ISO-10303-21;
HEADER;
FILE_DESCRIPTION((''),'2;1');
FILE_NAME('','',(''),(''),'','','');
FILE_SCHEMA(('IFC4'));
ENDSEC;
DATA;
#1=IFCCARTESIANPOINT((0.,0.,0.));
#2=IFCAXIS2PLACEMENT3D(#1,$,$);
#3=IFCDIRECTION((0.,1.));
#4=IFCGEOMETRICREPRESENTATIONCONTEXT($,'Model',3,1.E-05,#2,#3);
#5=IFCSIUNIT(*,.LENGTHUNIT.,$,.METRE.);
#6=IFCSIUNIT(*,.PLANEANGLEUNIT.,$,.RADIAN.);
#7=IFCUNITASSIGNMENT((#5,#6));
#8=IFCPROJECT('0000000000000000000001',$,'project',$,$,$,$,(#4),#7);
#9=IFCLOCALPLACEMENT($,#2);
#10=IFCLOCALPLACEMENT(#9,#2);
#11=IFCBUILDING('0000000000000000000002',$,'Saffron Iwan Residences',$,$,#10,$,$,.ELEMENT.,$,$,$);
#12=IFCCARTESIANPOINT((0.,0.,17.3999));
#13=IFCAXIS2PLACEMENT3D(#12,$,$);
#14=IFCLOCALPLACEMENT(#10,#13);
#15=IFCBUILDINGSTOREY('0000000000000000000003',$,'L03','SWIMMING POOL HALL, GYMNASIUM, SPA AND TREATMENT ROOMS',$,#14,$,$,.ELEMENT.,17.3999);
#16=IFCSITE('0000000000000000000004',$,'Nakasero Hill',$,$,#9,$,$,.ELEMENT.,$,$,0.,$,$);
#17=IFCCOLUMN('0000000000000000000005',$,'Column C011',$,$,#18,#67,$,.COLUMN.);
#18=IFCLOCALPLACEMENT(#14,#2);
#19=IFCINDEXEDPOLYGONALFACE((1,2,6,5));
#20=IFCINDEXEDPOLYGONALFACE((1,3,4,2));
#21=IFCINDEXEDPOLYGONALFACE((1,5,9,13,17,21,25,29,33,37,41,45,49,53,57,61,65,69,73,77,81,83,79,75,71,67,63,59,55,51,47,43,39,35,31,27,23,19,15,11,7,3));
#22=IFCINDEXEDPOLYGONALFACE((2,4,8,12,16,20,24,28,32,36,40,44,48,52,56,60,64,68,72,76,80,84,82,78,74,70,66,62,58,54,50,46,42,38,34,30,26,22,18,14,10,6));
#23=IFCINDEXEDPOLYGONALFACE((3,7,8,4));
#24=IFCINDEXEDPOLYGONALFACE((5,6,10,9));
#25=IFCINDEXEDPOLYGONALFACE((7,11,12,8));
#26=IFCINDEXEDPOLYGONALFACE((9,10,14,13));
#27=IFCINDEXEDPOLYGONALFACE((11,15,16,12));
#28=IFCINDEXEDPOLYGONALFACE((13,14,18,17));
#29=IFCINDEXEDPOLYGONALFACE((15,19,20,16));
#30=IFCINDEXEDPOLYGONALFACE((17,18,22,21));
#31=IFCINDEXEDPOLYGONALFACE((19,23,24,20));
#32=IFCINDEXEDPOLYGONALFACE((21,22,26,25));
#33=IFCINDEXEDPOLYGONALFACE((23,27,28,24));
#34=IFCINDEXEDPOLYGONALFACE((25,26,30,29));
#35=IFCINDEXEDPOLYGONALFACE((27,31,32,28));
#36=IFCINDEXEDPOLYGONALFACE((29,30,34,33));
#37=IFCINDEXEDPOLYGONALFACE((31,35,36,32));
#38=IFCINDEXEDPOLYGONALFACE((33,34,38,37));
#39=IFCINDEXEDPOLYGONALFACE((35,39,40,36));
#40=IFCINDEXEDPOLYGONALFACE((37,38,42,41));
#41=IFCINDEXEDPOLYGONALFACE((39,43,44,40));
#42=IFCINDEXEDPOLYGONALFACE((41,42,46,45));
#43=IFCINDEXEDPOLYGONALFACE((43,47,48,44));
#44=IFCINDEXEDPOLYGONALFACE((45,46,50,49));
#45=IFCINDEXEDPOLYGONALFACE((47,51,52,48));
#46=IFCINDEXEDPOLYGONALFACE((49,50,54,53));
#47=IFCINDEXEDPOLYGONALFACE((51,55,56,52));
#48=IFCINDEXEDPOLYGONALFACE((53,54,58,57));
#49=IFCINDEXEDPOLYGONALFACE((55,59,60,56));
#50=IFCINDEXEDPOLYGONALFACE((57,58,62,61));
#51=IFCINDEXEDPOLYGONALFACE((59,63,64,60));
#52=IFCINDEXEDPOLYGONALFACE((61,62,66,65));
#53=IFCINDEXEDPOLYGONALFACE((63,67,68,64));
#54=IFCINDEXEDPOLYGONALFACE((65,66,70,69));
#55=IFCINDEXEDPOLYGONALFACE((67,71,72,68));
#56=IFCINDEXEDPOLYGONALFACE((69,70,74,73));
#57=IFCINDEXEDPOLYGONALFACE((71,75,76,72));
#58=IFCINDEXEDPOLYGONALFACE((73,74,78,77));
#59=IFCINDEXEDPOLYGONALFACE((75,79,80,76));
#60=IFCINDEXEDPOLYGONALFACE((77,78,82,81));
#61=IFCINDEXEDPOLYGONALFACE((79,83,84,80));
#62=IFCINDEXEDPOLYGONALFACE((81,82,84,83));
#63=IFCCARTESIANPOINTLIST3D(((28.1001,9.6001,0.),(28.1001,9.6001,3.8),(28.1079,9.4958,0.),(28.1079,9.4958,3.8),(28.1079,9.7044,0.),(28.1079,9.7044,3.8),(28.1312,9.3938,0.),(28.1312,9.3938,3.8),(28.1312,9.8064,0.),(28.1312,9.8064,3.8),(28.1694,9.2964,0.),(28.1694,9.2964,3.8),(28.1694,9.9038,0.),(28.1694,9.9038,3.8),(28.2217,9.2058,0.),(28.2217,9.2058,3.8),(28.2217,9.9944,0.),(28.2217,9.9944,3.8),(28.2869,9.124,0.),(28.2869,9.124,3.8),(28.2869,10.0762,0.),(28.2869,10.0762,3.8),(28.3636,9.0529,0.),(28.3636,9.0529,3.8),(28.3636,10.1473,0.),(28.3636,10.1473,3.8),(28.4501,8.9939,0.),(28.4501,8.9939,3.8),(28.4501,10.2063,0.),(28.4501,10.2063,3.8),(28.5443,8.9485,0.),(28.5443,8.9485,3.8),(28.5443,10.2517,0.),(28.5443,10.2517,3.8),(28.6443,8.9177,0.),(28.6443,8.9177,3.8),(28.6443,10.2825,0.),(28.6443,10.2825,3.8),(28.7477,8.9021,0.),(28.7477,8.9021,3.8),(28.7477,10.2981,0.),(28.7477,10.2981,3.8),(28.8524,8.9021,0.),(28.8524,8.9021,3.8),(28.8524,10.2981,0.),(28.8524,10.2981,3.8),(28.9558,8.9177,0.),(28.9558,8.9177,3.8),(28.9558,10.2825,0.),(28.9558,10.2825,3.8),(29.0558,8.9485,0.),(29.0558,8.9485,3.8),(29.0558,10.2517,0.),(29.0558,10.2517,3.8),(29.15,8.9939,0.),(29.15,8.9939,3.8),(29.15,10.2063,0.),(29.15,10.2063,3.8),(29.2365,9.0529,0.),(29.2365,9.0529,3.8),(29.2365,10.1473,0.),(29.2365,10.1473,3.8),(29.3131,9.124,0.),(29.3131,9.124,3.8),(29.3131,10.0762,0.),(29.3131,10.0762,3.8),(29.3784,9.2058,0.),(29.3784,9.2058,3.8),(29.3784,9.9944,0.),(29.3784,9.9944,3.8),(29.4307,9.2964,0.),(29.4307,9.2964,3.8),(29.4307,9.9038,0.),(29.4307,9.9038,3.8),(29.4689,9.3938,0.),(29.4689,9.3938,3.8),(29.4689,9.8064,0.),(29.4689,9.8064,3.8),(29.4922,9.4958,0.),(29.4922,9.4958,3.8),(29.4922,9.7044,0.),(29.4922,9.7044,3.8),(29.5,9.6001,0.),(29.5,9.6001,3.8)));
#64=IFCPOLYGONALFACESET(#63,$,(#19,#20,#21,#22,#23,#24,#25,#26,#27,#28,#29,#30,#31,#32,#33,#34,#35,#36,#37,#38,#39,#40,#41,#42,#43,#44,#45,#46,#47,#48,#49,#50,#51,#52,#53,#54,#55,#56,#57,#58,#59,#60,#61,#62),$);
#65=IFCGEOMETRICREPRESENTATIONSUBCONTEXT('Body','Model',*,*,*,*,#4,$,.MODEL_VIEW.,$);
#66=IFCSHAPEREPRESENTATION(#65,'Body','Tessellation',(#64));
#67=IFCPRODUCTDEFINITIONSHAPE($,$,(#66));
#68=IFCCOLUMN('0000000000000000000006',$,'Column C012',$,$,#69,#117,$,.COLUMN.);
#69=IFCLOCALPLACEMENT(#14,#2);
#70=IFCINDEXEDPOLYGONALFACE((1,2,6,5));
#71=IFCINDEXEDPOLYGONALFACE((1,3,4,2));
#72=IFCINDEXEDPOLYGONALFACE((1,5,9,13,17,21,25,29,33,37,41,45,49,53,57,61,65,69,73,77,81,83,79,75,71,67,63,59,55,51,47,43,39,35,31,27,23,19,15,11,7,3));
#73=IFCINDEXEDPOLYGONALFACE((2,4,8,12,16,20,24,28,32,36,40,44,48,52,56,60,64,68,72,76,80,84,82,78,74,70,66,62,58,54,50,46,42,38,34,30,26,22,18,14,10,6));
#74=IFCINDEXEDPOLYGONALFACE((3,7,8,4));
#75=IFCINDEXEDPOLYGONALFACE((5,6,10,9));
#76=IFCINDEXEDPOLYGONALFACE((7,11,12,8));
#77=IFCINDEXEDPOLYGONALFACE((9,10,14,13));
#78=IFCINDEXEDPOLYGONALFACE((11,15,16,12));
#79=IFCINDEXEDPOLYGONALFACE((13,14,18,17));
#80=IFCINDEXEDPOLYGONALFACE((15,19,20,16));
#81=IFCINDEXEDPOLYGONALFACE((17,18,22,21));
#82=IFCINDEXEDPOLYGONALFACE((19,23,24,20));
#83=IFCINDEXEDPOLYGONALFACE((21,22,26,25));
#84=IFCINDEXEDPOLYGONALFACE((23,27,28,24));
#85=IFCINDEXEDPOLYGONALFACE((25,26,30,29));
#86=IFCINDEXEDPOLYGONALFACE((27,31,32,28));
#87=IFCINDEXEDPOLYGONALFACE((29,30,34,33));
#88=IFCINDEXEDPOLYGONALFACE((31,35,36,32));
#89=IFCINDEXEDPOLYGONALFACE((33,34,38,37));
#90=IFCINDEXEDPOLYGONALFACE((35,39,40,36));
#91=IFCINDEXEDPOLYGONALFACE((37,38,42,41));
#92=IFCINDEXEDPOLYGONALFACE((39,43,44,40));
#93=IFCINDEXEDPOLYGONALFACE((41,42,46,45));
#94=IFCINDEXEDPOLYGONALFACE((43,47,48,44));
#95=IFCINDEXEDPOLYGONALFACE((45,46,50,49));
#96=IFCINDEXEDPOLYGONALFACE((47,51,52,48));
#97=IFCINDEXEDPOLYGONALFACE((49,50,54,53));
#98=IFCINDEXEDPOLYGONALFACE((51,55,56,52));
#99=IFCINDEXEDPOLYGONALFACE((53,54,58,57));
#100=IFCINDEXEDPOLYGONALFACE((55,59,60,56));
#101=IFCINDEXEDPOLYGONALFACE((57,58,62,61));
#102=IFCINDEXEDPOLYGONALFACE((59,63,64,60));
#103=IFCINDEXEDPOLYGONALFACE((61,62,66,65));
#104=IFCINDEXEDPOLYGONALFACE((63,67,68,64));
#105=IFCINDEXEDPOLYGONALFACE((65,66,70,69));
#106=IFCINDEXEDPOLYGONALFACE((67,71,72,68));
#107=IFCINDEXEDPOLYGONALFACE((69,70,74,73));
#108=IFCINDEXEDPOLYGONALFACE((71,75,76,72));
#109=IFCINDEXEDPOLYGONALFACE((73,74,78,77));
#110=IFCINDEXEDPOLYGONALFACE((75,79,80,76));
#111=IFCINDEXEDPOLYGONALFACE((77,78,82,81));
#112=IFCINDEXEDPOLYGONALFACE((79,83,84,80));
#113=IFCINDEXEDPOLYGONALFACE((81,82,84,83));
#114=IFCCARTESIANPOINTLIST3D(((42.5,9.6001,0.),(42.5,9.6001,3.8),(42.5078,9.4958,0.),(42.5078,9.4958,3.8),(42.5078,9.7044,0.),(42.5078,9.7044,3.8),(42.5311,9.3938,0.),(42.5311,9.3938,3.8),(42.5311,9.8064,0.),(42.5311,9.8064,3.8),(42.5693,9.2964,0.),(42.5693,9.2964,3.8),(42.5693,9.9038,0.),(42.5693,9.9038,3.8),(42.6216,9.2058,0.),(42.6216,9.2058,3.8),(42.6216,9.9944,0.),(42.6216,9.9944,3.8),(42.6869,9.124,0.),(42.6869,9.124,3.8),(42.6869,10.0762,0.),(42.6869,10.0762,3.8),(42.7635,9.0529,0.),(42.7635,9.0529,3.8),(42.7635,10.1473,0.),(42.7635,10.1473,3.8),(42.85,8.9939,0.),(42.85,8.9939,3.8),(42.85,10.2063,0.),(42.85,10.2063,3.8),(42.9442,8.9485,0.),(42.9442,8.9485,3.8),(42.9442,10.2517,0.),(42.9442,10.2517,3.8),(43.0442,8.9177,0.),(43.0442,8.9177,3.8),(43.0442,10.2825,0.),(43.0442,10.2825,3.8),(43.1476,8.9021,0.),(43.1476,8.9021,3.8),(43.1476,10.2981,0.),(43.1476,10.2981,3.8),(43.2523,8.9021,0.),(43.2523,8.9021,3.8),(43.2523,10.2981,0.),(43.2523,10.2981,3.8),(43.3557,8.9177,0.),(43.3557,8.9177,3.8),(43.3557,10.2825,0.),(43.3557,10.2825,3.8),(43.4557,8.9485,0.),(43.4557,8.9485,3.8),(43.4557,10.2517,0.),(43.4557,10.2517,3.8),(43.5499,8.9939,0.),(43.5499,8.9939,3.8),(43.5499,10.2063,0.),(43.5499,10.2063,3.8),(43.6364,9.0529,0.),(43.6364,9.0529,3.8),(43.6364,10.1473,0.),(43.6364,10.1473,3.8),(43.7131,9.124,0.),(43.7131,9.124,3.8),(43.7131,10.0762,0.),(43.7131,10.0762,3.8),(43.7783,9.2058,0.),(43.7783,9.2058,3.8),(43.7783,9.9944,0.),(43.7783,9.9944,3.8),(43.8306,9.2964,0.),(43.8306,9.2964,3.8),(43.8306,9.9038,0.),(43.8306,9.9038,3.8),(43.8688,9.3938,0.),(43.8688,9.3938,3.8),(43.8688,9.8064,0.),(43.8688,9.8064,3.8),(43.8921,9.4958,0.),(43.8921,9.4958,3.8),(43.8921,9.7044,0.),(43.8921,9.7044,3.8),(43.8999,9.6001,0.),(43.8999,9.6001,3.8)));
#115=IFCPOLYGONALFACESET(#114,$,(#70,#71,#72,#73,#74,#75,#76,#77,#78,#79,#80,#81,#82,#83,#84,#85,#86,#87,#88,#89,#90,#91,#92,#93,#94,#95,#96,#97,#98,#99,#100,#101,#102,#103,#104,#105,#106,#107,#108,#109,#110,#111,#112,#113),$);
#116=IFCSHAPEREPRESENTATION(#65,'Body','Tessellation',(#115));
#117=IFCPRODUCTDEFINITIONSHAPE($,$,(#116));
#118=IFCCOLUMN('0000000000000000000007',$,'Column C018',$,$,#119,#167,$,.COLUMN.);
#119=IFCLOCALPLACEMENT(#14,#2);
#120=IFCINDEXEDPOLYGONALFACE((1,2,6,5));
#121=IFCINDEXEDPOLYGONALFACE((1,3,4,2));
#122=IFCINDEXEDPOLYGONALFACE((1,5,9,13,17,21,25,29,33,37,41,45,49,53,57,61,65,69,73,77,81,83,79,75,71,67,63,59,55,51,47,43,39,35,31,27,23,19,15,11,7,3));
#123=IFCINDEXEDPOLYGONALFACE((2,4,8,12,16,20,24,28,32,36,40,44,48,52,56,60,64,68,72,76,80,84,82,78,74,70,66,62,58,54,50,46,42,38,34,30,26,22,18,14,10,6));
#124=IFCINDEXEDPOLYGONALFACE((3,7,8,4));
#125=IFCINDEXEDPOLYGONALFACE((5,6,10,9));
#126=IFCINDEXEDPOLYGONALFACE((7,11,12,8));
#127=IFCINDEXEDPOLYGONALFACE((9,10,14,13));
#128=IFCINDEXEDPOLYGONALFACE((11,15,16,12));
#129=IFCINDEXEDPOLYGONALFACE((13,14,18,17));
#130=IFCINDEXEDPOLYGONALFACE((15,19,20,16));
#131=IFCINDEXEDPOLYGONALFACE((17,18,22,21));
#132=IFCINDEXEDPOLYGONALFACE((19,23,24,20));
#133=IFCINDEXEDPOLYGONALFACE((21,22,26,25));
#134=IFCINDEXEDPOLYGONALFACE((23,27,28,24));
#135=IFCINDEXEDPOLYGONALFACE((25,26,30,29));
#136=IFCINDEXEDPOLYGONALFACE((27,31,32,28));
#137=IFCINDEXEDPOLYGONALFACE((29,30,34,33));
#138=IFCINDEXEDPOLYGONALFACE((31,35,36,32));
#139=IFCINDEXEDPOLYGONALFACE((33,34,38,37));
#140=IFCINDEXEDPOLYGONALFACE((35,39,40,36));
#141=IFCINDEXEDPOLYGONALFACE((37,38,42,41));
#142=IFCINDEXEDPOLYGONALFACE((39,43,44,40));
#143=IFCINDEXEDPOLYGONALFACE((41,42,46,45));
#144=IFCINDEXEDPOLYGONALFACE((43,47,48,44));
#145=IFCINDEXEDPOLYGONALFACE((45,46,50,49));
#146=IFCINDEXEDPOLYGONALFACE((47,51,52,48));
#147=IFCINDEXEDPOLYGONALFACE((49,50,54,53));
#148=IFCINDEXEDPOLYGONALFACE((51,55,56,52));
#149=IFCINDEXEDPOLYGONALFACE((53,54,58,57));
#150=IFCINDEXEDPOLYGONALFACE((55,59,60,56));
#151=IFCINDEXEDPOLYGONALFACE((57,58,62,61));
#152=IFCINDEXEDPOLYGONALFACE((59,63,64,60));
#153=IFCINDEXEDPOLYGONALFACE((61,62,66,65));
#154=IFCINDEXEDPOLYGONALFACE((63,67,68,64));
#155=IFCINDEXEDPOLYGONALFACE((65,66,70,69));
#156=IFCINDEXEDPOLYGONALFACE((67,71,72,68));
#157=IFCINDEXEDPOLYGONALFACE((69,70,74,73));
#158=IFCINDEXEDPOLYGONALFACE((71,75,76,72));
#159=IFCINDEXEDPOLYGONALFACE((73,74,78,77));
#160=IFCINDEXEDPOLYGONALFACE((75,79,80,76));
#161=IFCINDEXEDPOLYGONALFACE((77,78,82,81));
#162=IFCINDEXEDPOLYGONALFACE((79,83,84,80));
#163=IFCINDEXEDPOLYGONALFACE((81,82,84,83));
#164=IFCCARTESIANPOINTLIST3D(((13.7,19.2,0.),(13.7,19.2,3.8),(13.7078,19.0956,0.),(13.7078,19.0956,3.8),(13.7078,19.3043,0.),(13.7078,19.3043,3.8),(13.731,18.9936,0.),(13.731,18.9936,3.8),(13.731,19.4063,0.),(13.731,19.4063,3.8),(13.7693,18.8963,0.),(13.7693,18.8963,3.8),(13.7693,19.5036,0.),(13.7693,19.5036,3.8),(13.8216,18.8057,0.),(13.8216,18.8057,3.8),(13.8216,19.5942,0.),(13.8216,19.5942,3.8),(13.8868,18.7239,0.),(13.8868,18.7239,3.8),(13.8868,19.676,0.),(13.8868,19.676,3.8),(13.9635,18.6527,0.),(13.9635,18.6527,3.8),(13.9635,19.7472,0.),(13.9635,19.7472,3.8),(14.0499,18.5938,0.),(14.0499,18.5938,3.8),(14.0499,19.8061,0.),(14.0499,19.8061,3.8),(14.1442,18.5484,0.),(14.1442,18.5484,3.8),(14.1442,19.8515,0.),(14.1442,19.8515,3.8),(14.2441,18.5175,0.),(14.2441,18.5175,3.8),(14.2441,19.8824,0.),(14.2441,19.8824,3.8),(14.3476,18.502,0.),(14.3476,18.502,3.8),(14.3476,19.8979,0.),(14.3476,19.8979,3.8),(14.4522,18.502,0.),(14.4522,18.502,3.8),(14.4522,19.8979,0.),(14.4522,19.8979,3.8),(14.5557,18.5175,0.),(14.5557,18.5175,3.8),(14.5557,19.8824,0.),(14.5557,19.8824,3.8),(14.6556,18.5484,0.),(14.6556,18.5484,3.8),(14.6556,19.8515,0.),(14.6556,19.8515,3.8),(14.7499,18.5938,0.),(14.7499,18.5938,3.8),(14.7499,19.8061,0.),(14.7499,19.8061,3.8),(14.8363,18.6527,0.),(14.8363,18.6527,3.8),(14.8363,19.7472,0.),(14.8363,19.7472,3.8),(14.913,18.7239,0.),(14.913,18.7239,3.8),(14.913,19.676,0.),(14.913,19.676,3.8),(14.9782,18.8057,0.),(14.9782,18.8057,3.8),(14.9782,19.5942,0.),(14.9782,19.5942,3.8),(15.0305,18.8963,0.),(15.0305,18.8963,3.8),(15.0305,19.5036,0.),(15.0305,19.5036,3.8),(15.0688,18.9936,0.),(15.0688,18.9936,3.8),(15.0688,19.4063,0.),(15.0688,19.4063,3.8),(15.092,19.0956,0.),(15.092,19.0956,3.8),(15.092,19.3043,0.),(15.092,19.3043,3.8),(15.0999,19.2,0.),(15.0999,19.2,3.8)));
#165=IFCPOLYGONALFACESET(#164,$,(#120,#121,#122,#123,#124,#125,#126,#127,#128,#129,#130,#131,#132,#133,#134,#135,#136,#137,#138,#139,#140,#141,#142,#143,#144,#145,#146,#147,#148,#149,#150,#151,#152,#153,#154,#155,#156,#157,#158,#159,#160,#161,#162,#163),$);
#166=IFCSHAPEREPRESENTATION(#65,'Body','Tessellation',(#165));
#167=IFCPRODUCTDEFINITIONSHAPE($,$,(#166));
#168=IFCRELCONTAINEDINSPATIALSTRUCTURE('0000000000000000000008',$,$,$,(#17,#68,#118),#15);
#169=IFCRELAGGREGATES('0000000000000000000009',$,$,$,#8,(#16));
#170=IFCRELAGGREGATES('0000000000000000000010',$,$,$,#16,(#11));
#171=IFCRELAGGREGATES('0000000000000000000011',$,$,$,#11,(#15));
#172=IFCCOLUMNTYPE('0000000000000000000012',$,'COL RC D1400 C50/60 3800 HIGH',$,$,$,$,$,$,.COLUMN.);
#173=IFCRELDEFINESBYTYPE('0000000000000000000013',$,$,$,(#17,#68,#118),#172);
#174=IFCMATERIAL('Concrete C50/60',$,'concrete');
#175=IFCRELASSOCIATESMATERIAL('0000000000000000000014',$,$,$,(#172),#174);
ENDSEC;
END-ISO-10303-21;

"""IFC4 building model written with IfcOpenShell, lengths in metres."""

from ifc_helpers import new_model, si_unit, direction, frame, origin, origin_2d, place, context, subcontext, project, spatial, circle, extrude, source, transform, mapped, material, material_profile, profile_set, type_object, element, save


model = new_model("IFC4")

# Units and contexts
model_context = context("Model", 3, precision=1e-05, world=origin(), true_north=direction((0.0, 1.0)))
body_context = subcontext(model_context, "Body", "Model", "MODEL_VIEW")
ifc_project = project(units=[si_unit("LENGTHUNIT", "METRE"), si_unit("PLANEANGLEUNIT", "RADIAN")], contexts=[model_context])

# Site, building, storey
site_placement = place(None, origin())
site = spatial("IfcSite", under=ifc_project, at=site_placement, Name="Nakasero Hill", CompositionType="ELEMENT", RefElevation=0.0)
building_placement = place(site_placement, origin())
building = spatial("IfcBuilding", under=site, at=building_placement, Name="Saffron Iwan Residences", CompositionType="ELEMENT")
storey_placement = place(building_placement, frame((0.0, 0.0, 17.3999)))
storey = spatial("IfcBuildingStorey", under=building, at=storey_placement, Name="L03", Description="SWIMMING POOL HALL, GYMNASIUM, SPA AND TREATMENT ROOMS", CompositionType="ELEMENT", Elevation=17.3999)

# Columns
ifc_material_1 = material(Name="Concrete C50/60", Category="concrete")
ifc_material_profile_1 = material_profile(ifc_material_1, circle(Radius=0.7, at=origin_2d()), Name="RC D1400")
ifc_profile_set_1 = profile_set([ifc_material_profile_1], Name="Concrete C50/60")
column_type = type_object("IfcColumnType", Name="COL RC D1400 C50/60 3800 HIGH", PredefinedType="COLUMN", material=ifc_profile_set_1)
shared_shape_1 = source(origin(), body_context, "Body", "SweptSolid", [
    extrude(circle(Radius=0.7, at=origin_2d()), origin(), (0.0, 0.0, 1.0), 3.8),
])
for number, where, z_axis, x_axis, name in (
    (1, (28.8, 9.6001, 0.0), (0.0, 0.0, 1.0), (1.0, 0.0, 0.0), "Column C011"),
    (2, (43.2, 9.6001, 0.0), (0.0, 0.0, 1.0), (1.0, 0.0, 0.0), "Column C012"),
    (3, (14.3999, 19.2, 0.0), (0.0, 0.0, 1.0), (1.0, 0.0, 0.0), "Column C018"),
):
    element("IfcColumn", number, at=place(storey_placement, frame(where, z_axis=z_axis, x_axis=x_axis)), inside=storey, type_object=column_type, Name=name, PredefinedType="COLUMN", context=body_context, shape_type="MappedRepresentation", body=[
        mapped(shared_shape_1, transform((0.0, 0.0, 0.0))),
    ])

save(model, "model.ifc")
